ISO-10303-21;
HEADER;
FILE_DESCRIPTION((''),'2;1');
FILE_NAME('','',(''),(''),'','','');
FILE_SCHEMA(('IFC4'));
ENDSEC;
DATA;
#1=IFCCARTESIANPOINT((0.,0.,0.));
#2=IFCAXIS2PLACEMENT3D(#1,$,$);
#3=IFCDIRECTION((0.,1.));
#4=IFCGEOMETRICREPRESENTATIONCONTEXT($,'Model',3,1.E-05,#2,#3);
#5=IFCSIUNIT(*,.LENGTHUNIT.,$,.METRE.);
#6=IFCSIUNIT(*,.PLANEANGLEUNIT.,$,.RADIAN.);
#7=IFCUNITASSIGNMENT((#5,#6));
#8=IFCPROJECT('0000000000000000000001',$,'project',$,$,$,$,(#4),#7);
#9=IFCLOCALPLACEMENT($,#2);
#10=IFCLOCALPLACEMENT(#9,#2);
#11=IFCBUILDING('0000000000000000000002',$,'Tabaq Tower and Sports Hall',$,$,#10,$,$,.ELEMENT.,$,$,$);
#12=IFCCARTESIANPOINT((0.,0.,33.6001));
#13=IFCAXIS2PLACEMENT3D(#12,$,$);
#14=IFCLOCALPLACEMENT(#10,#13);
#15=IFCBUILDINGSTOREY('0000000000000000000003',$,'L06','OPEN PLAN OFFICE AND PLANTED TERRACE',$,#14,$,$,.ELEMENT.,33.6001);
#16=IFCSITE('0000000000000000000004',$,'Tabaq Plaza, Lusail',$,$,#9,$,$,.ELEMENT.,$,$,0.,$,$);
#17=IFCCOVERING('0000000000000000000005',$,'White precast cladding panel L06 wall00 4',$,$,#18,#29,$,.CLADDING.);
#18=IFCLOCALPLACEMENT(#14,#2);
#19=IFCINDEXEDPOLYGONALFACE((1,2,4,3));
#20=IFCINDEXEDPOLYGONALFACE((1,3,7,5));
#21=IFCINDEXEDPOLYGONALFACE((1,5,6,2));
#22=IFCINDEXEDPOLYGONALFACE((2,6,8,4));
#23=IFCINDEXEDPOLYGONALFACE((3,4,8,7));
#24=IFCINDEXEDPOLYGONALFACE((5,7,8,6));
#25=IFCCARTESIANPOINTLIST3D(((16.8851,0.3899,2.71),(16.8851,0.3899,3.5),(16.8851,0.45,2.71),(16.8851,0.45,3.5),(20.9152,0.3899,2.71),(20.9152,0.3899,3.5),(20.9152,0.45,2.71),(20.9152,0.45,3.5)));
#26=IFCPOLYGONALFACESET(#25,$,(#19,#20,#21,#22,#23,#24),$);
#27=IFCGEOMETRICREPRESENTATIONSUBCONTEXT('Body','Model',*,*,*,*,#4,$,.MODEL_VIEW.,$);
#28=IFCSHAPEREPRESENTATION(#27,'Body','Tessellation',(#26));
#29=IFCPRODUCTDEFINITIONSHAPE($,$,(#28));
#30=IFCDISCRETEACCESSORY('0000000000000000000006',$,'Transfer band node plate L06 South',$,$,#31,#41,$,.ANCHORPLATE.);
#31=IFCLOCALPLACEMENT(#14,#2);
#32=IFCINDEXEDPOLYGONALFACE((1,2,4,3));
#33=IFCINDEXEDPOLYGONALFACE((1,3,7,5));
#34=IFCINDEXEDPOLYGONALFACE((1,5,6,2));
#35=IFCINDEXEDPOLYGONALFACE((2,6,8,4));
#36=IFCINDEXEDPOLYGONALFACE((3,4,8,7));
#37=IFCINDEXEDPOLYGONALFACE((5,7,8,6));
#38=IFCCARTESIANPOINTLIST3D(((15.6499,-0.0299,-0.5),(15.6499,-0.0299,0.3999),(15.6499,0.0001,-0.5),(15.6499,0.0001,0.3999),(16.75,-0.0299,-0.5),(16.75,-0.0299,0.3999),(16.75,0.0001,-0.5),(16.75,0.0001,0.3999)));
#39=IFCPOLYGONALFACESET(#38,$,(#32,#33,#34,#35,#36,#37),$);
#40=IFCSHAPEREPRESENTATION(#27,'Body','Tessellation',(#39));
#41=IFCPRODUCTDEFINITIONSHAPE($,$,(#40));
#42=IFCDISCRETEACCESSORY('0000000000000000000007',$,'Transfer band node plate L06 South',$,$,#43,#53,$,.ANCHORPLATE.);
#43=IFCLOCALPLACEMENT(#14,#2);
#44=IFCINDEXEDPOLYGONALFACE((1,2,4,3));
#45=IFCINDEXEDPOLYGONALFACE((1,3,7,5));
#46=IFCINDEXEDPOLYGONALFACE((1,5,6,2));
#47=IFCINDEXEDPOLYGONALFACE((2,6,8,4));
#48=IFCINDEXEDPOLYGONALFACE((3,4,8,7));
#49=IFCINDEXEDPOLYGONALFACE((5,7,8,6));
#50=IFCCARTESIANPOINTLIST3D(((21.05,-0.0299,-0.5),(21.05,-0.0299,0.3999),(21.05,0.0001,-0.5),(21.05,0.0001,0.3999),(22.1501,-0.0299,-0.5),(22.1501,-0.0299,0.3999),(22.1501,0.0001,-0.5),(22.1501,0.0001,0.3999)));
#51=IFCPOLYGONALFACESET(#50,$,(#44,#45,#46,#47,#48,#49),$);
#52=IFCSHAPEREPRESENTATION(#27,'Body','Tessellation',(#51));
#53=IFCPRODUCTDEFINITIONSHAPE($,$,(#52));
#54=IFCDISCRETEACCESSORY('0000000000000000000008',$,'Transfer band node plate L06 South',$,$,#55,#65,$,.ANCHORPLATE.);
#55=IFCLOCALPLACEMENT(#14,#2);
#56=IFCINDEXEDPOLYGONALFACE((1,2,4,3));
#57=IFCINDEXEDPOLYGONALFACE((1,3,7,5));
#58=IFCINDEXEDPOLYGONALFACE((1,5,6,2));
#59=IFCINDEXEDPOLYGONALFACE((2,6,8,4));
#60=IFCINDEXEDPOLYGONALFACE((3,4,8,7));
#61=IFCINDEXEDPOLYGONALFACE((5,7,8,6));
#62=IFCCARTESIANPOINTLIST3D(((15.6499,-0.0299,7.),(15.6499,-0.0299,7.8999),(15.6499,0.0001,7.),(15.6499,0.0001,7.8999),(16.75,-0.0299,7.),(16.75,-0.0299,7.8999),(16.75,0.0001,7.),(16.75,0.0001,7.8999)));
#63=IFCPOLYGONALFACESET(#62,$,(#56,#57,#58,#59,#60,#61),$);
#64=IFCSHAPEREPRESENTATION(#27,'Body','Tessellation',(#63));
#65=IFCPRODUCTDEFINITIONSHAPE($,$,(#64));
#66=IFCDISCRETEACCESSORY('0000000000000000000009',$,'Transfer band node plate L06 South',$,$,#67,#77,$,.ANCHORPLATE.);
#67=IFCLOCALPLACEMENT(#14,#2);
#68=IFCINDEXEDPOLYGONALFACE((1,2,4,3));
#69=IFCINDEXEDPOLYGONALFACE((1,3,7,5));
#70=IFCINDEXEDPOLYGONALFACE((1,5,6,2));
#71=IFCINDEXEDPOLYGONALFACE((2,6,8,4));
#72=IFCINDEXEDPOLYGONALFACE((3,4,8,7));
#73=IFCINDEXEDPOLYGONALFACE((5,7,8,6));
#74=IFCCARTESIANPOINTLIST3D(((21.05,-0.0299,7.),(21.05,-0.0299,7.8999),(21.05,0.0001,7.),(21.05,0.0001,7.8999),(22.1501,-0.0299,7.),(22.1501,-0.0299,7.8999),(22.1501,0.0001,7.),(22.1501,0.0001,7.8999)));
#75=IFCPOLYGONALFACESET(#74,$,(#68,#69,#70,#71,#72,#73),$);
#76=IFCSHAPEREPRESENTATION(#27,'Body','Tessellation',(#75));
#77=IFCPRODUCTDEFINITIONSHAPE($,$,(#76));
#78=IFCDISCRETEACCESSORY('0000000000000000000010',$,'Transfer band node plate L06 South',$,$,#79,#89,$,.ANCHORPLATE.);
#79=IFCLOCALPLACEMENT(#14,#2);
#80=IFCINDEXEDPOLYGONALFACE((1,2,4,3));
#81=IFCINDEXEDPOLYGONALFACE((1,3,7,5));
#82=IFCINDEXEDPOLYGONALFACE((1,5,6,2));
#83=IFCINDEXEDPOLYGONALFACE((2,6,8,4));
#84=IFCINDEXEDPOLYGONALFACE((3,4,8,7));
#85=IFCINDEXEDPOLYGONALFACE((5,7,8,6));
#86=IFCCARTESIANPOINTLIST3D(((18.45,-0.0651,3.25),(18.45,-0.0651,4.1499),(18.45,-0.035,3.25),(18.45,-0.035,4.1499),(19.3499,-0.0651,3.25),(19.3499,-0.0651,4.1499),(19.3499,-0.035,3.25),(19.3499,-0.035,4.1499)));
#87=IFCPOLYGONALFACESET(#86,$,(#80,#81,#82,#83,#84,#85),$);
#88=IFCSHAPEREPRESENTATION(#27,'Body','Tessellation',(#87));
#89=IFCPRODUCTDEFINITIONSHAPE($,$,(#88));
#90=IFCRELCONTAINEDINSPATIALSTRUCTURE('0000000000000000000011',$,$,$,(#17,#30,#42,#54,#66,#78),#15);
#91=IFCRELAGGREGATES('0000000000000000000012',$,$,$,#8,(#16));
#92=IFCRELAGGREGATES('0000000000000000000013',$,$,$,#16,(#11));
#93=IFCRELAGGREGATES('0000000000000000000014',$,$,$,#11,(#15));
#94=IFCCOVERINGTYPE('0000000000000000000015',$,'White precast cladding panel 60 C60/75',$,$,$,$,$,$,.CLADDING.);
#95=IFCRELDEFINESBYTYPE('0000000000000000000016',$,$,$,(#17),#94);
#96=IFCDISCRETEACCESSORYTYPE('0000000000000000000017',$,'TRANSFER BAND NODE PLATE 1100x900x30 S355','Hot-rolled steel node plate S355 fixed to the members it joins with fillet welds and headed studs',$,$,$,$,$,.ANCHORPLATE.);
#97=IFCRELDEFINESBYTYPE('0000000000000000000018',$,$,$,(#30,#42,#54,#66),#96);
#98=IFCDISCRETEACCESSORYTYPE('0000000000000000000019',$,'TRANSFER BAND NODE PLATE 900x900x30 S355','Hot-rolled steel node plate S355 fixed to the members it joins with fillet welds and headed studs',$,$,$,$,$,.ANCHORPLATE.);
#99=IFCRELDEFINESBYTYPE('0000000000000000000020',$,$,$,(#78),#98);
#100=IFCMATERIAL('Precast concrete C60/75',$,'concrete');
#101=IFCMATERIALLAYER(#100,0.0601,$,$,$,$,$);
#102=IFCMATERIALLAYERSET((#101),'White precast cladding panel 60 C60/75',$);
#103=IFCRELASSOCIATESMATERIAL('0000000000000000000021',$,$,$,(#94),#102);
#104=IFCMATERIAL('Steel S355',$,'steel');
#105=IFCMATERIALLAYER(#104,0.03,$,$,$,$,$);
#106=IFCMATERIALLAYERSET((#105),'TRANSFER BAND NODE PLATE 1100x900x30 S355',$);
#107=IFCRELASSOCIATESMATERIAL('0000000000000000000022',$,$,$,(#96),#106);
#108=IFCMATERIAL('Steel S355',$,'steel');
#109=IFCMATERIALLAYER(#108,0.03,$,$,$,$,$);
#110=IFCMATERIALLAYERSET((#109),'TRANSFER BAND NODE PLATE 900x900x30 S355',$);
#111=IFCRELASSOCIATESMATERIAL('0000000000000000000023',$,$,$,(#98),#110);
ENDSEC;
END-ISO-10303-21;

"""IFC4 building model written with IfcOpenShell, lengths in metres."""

from ifc_helpers import new_model, si_unit, direction, frame, frame_2d, origin, origin_2d, place, context, subcontext, project, spatial, rectangle, extrude, material, layer, layer_set, type_object, element, save


model = new_model("IFC4")

# Units and contexts
model_context = context("Model", 3, precision=1e-05, world=origin(), true_north=direction((0.0, 1.0)))
body_context = subcontext(model_context, "Body", "Model", "MODEL_VIEW")
ifc_project = project(units=[si_unit("LENGTHUNIT", "METRE"), si_unit("PLANEANGLEUNIT", "RADIAN")], contexts=[model_context])

# Site, building, storey
site_placement = place(None, origin())
site = spatial("IfcSite", under=ifc_project, at=site_placement, Name="Tabaq Plaza, Lusail", CompositionType="ELEMENT", RefElevation=0.0)
building_placement = place(site_placement, origin())
building = spatial("IfcBuilding", under=site, at=building_placement, Name="Tabaq Tower and Sports Hall", CompositionType="ELEMENT")
storey_placement = place(building_placement, frame((0.0, 0.0, 33.6001)))
storey = spatial("IfcBuildingStorey", under=building, at=storey_placement, Name="L06", Description="OPEN PLAN OFFICE AND PLANTED TERRACE", CompositionType="ELEMENT", Elevation=33.6001)

# Covering
ifc_material_1 = material(Name="Precast concrete C60/75", Category="concrete")
ifc_layer_1 = layer(ifc_material_1, 0.0601)
ifc_layer_set_1 = layer_set([ifc_layer_1], Name="White precast cladding panel 60 C60/75")
covering_type_1 = type_object("IfcCoveringType", Name="White precast cladding panel 60 C60/75", PredefinedType="CLADDING", material=ifc_layer_set_1)
covering_1_placement = place(storey_placement, frame((16.885, 0.4199, 2.71), z_axis=(0.0, 0.0, 1.0), x_axis=(1.0, 0.0, 0.0)))
element("IfcCovering", 1, at=covering_1_placement, inside=storey, type_object=covering_type_1, Name="White precast cladding panel L06 wall00 4", PredefinedType="CLADDING", context=body_context, shape_type="SweptSolid", body=[
    extrude(rectangle(XDim=4.03, YDim=0.0601, at=frame_2d((2.0151, 0.0))), origin(), (0.0, 0.0, 1.0), 0.79),
])

# Discrete accessories
ifc_material_2 = material(Name="Steel S355", Category="steel")
ifc_layer_2 = layer(ifc_material_2, 0.03)
ifc_layer_set_2 = layer_set([ifc_layer_2], Name="TRANSFER BAND NODE PLATE 1100x900x30 S355")
discrete_accessory_type_1 = type_object("IfcDiscreteAccessoryType", Name="TRANSFER BAND NODE PLATE 1100x900x30 S355", Description="Hot-rolled steel node plate S355 fixed to the members it joins with fillet welds and headed studs", PredefinedType="ANCHORPLATE", material=ifc_layer_set_2)
for number, where, z_axis, x_axis, name in (
    (2, (16.2, -0.0149, -0.5), (0.0, 0.0, 1.0), (1.0, 0.0, 0.0), "Transfer band node plate L06 South"),
    (3, (21.6001, -0.0149, -0.5), (0.0, 0.0, 1.0), (1.0, 0.0, 0.0), "Transfer band node plate L06 South"),
    (4, (16.2, -0.0149, 7.0), (0.0, 0.0, 1.0), (1.0, 0.0, 0.0), "Transfer band node plate L06 South"),
    (5, (21.6001, -0.0149, 7.0), (0.0, 0.0, 1.0), (1.0, 0.0, 0.0), "Transfer band node plate L06 South"),
):
    element("IfcDiscreteAccessory", number, at=place(storey_placement, frame(where, z_axis=z_axis, x_axis=x_axis)), inside=storey, type_object=discrete_accessory_type_1, Name=name, PredefinedType="ANCHORPLATE", context=body_context, shape_type="SweptSolid", body=[
        extrude(rectangle(XDim=1.1001, YDim=0.03, at=origin_2d()), origin(), (0.0, 0.0, 1.0), 0.8999),
    ])
ifc_material_3 = material(Name="Steel S355", Category="steel")
ifc_layer_3 = layer(ifc_material_3, 0.03)
ifc_layer_set_3 = layer_set([ifc_layer_3], Name="TRANSFER BAND NODE PLATE 900x900x30 S355")
discrete_accessory_type_2 = type_object("IfcDiscreteAccessoryType", Name="TRANSFER BAND NODE PLATE 900x900x30 S355", Description="Hot-rolled steel node plate S355 fixed to the members it joins with fillet welds and headed studs", PredefinedType="ANCHORPLATE", material=ifc_layer_set_3)
discrete_accessory_placement = place(storey_placement, frame((18.8999, -0.05, 3.25), z_axis=(0.0, 0.0, 1.0), x_axis=(1.0, 0.0, 0.0)))
element("IfcDiscreteAccessory", 6, at=discrete_accessory_placement, inside=storey, type_object=discrete_accessory_type_2, Name="Transfer band node plate L06 South", PredefinedType="ANCHORPLATE", context=body_context, shape_type="SweptSolid", body=[
    extrude(rectangle(XDim=0.8999, YDim=0.03, at=origin_2d()), origin(), (0.0, 0.0, 1.0), 0.8999),
])

save(model, "model.ifc")
